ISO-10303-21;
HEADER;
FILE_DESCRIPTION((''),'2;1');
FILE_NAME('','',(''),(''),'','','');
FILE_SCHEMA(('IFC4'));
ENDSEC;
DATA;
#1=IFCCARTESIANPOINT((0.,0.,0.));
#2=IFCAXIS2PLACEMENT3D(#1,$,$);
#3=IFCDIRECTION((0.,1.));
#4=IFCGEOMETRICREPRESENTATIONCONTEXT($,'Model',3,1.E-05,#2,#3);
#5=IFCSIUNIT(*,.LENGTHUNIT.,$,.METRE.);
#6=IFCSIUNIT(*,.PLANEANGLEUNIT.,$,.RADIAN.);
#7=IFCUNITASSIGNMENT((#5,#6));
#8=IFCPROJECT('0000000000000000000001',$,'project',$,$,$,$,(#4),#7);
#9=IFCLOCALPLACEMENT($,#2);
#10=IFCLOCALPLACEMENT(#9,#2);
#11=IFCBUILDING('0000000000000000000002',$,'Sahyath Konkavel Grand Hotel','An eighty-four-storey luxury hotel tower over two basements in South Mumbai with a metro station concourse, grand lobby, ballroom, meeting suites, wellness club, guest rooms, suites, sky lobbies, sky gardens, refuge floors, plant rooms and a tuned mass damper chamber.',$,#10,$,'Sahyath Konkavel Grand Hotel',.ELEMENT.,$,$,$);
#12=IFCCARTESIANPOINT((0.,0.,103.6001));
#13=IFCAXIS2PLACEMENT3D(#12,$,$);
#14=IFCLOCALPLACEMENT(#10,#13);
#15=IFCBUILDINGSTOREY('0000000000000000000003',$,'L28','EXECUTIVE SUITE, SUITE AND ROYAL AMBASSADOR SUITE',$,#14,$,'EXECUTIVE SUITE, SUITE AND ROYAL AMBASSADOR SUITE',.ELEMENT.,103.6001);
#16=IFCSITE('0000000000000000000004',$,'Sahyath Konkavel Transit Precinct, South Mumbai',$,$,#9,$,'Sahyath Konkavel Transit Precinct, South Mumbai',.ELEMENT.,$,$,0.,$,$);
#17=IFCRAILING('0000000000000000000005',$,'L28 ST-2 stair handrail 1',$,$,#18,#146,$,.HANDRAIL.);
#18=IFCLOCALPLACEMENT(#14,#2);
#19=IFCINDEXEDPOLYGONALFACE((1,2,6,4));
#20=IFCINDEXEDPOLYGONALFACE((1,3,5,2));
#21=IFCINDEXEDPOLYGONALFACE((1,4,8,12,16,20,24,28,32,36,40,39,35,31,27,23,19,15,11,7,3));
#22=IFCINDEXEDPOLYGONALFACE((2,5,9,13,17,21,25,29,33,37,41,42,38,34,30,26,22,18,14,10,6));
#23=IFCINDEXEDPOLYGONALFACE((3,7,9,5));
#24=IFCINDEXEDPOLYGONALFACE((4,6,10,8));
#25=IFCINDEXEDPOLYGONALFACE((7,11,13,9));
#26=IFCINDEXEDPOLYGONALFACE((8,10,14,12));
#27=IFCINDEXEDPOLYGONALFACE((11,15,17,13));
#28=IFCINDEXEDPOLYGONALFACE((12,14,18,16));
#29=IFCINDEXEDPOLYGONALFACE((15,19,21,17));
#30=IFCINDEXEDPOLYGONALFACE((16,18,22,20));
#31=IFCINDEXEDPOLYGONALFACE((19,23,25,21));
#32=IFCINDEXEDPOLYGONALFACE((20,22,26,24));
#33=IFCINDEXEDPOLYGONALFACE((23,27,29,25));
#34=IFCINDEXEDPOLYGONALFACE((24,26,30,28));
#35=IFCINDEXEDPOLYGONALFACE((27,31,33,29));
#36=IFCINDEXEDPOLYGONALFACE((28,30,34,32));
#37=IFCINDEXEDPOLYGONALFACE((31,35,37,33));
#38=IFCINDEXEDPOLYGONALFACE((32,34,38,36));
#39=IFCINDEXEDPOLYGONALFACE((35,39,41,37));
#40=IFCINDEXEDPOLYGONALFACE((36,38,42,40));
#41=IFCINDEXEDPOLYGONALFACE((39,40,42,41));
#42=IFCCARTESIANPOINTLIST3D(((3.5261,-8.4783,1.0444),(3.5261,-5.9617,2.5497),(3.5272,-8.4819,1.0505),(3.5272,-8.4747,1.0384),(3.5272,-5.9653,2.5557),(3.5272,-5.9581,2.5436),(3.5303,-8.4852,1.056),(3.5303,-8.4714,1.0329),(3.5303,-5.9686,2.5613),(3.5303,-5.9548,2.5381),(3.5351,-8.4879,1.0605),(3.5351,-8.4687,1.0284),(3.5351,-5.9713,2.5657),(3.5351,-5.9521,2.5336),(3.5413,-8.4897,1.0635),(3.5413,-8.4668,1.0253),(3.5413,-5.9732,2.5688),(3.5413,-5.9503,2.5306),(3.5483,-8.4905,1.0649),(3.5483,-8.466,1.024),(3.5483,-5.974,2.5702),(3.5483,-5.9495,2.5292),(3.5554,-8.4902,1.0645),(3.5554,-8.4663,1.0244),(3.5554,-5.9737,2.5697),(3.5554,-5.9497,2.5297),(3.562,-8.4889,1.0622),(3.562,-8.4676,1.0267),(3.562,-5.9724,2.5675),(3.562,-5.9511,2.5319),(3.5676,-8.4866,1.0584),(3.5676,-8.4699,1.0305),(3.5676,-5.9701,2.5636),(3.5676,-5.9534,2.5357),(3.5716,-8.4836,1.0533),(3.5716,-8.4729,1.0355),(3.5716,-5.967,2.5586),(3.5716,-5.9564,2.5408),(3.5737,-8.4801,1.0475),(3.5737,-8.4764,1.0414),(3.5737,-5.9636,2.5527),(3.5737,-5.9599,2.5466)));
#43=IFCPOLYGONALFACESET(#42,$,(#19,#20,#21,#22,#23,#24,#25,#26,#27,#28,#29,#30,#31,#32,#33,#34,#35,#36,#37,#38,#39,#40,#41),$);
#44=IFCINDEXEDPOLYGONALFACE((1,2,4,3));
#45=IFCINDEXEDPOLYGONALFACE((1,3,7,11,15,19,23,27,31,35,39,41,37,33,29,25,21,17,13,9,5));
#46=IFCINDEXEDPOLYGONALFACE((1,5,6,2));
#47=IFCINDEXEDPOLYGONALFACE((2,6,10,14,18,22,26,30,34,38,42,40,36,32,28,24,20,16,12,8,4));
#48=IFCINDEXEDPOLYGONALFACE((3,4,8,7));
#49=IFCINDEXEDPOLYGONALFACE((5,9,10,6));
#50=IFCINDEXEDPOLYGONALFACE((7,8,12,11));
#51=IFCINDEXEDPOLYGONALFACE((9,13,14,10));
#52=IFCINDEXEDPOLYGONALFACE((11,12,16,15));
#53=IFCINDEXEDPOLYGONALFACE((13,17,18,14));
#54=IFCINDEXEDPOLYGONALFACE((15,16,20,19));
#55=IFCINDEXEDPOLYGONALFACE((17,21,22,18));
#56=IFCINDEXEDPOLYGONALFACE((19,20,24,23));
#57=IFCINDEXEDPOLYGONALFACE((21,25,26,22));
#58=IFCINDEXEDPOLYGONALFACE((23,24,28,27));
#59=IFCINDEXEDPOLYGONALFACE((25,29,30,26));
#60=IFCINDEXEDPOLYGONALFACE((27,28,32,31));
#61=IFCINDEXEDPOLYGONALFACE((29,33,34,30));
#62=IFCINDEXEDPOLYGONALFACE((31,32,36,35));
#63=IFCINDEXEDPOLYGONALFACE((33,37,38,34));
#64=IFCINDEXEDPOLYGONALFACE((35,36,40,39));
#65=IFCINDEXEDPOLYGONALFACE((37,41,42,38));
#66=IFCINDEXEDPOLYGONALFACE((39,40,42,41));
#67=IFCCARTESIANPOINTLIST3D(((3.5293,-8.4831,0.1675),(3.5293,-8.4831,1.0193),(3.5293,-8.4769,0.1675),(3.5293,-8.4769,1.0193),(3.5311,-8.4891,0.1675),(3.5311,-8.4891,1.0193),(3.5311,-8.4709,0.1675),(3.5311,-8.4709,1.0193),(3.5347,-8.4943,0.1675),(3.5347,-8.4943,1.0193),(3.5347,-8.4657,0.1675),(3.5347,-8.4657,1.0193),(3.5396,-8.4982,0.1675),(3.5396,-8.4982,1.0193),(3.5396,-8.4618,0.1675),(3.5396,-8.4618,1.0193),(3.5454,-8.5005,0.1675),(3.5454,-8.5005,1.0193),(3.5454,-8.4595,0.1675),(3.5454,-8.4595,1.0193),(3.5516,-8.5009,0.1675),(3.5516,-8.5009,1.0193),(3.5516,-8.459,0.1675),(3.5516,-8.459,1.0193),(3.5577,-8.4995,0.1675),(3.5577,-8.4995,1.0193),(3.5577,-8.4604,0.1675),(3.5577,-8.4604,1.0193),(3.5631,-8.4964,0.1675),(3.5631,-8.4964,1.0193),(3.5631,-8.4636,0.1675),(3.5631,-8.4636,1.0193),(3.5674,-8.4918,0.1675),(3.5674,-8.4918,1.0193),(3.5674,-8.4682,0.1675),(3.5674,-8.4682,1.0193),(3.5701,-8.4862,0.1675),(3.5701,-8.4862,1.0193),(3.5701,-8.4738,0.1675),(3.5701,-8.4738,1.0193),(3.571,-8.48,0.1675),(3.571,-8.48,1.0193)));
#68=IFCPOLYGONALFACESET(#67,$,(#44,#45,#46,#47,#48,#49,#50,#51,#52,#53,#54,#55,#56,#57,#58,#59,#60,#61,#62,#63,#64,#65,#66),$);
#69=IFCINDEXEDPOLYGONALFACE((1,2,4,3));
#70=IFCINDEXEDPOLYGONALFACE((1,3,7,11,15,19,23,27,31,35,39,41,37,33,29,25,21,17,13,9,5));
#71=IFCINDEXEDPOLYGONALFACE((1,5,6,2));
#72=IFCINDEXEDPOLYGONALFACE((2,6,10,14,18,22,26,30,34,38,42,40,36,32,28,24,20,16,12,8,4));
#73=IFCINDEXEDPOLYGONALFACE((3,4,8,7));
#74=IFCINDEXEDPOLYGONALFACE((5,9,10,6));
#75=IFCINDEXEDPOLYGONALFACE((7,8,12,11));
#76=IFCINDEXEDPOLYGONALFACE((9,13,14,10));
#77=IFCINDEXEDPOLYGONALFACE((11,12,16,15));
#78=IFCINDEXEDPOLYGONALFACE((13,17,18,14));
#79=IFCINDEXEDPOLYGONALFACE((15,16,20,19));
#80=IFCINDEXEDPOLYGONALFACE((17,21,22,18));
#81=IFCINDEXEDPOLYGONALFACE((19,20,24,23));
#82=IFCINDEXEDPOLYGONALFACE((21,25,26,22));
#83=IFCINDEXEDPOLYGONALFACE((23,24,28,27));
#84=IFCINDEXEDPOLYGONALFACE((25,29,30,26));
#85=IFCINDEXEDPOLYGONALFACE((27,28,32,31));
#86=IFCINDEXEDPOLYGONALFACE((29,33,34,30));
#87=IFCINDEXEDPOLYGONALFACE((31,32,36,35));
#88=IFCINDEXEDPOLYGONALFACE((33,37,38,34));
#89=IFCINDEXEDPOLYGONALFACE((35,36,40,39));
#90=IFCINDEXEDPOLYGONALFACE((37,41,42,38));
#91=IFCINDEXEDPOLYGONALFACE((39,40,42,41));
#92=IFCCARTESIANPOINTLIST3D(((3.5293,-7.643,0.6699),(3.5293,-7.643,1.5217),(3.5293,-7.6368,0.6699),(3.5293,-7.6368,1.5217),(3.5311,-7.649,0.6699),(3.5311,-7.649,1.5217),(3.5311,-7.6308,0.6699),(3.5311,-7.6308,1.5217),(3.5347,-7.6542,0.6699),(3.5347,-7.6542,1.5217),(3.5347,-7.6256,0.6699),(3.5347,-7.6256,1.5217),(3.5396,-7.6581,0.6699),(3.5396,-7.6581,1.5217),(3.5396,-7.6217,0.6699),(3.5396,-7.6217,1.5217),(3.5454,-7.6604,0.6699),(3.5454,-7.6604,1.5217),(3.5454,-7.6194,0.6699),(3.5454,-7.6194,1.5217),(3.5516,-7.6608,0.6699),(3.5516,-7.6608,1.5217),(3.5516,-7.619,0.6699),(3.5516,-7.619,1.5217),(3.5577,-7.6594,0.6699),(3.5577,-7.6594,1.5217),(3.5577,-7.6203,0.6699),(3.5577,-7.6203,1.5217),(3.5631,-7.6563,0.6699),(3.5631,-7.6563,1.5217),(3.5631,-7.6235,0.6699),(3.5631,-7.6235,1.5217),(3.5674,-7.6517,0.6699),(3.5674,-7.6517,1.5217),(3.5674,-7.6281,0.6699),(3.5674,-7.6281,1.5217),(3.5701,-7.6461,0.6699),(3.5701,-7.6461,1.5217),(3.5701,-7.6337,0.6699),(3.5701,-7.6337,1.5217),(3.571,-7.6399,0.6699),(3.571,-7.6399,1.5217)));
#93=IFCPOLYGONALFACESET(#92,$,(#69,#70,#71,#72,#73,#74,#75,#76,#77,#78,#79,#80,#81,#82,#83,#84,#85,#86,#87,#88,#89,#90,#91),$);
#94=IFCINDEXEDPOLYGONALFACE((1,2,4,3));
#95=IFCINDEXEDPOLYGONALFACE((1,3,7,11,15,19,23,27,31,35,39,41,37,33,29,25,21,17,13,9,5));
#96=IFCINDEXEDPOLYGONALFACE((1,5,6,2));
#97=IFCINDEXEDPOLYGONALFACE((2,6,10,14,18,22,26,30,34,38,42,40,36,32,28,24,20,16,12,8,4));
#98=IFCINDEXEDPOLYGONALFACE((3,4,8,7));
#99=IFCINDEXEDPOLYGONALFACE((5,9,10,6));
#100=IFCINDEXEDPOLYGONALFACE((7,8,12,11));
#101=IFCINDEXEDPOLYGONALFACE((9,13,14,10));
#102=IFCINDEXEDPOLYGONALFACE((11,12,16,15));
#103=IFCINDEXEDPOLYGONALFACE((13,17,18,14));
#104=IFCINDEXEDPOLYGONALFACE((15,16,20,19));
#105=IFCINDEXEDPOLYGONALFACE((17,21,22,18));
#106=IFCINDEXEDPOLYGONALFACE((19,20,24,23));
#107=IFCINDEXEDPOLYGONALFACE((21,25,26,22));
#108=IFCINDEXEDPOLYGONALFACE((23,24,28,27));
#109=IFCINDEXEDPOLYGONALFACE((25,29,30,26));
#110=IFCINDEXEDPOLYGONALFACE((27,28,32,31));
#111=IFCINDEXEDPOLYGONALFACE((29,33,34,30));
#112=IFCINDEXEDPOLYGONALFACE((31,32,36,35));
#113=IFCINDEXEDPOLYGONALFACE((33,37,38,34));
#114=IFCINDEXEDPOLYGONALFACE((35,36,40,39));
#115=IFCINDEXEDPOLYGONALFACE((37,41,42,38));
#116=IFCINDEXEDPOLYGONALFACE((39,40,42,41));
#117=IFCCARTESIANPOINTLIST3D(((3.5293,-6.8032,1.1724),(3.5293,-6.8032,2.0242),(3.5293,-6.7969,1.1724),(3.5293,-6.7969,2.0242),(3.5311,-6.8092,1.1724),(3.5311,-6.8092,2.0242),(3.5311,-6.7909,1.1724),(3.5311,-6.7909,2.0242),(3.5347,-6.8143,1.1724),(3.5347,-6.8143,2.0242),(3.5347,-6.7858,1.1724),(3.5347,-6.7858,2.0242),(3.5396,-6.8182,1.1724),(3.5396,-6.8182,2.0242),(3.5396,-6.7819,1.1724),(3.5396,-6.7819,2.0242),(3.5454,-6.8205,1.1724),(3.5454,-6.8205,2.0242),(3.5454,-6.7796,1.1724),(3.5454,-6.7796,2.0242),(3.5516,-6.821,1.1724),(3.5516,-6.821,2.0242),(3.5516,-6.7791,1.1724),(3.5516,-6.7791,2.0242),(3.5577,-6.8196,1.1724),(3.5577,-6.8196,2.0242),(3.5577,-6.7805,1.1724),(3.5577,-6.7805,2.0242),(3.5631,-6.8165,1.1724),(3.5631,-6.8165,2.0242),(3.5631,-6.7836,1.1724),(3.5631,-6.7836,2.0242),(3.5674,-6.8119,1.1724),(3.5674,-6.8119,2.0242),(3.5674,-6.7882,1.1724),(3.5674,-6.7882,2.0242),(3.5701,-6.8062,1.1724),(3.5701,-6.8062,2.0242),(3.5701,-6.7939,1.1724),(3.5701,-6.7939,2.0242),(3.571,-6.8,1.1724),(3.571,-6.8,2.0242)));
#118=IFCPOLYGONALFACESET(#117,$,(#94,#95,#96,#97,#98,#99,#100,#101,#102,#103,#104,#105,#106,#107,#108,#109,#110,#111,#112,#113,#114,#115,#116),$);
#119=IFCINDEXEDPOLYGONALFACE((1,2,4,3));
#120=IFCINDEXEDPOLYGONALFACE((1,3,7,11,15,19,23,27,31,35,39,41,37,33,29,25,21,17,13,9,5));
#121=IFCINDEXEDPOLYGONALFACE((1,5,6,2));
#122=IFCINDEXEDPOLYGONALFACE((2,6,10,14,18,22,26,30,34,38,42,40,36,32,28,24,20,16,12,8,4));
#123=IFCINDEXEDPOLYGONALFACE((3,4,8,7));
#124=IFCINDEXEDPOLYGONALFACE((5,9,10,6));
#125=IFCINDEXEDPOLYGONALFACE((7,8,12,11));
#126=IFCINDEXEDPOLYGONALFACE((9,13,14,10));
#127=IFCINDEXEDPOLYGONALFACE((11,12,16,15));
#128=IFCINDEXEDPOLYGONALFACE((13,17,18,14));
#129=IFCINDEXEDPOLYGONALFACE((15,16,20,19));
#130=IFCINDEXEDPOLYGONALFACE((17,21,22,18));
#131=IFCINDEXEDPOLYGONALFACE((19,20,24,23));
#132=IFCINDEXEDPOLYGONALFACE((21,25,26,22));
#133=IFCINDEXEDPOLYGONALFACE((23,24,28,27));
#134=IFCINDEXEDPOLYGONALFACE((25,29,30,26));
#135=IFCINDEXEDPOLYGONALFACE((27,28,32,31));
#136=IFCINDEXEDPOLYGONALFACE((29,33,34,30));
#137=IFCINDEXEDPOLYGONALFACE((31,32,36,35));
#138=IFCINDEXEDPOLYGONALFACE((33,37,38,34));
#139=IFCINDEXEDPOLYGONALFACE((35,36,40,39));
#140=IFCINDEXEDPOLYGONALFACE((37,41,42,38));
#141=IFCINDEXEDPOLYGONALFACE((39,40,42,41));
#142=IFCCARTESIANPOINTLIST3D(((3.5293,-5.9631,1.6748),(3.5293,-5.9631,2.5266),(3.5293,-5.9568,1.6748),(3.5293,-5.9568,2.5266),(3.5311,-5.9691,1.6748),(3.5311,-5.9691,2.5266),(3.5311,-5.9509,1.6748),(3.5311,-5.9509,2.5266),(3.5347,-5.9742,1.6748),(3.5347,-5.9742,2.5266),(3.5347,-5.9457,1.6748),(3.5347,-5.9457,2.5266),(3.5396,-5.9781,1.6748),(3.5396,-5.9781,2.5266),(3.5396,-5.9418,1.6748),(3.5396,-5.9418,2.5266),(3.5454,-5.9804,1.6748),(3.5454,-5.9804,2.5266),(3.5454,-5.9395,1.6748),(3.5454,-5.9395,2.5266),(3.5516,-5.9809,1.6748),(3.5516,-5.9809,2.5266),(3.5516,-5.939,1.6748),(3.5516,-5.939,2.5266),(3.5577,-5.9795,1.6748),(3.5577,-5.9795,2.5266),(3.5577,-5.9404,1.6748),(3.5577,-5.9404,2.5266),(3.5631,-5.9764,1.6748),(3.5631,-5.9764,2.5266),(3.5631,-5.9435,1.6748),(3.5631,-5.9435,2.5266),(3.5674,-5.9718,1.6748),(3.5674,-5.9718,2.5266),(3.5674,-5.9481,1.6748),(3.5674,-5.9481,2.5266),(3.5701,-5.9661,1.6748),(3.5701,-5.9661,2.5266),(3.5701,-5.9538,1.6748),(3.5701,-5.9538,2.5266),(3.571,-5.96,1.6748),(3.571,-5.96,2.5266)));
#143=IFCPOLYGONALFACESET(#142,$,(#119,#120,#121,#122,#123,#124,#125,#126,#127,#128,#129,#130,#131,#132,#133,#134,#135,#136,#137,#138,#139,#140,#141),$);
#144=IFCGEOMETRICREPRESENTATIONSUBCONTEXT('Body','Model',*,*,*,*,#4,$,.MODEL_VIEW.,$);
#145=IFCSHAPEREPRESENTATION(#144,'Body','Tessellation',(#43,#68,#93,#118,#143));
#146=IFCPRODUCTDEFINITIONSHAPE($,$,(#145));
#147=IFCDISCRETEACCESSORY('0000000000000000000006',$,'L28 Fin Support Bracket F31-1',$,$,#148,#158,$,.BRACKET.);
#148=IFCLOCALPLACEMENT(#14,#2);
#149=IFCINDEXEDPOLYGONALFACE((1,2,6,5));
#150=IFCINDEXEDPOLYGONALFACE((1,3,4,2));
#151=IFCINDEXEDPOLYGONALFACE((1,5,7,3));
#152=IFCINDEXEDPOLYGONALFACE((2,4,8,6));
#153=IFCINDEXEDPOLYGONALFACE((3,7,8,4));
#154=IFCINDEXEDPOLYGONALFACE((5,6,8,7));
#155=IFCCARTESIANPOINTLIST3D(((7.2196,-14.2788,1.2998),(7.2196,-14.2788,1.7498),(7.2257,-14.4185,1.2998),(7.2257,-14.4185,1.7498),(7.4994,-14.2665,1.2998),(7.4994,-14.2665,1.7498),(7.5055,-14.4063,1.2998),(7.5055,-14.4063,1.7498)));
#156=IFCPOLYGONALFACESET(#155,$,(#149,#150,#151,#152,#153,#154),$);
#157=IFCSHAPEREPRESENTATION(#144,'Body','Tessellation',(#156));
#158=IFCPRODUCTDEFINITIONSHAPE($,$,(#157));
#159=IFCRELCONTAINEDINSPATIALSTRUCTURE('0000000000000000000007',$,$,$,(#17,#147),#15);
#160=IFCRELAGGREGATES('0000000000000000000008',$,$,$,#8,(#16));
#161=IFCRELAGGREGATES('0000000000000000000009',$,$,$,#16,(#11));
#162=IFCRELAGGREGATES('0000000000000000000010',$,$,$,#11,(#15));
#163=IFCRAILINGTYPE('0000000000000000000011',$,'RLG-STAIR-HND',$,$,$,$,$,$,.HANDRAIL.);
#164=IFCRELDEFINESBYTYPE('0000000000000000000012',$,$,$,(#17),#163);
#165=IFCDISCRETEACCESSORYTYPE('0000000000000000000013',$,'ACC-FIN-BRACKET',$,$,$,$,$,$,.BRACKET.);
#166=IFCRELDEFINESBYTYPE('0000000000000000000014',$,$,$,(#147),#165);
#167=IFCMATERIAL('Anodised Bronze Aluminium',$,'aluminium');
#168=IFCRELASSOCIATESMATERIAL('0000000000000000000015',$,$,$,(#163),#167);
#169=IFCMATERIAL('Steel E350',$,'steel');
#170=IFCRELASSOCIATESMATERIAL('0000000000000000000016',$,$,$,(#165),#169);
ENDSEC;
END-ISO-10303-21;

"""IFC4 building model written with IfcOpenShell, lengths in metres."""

from ifc_helpers import new_model, si_unit, direction, frame, origin, origin_2d, place, context, subcontext, project, spatial, rectangle, circle, extrude, source, transform, mapped, material, type_object, element, save


model = new_model("IFC4")

# Units and contexts
model_context = context("Model", 3, precision=1e-05, world=origin(), true_north=direction((0.0, 1.0)))
body_context = subcontext(model_context, "Body", "Model", "MODEL_VIEW")
ifc_project = project(units=[si_unit("LENGTHUNIT", "METRE"), si_unit("PLANEANGLEUNIT", "RADIAN")], contexts=[model_context])

# Site, building, storey
site_placement = place(None, origin())
site = spatial("IfcSite", under=ifc_project, at=site_placement, Name="Sahyath Konkavel Transit Precinct, South Mumbai", LongName="Sahyath Konkavel Transit Precinct, South Mumbai", CompositionType="ELEMENT", RefElevation=0.0)
building_placement = place(site_placement, origin())
building = spatial("IfcBuilding", under=site, at=building_placement, Name="Sahyath Konkavel Grand Hotel", Description="An eighty-four-storey luxury hotel tower over two basements in South Mumbai with a metro station concourse, grand lobby, ballroom, meeting suites, wellness club, guest rooms, suites, sky lobbies, sky gardens, refuge floors, plant rooms and a tuned mass damper chamber.", LongName="Sahyath Konkavel Grand Hotel", CompositionType="ELEMENT")
storey_placement = place(building_placement, frame((0.0, 0.0, 103.6001)))
storey = spatial("IfcBuildingStorey", under=building, at=storey_placement, Name="L28", Description="EXECUTIVE SUITE, SUITE AND ROYAL AMBASSADOR SUITE", LongName="EXECUTIVE SUITE, SUITE AND ROYAL AMBASSADOR SUITE", CompositionType="ELEMENT", Elevation=103.6001)

# Shared definitions
ifc_material_1 = material(Name="Steel E350", Category="steel")

# Shared definitions
ifc_material_2 = material(Name="Anodised Bronze Aluminium", Category="aluminium")

# Railing
railing_type_1 = type_object("IfcRailingType", Name="RLG-STAIR-HND", PredefinedType="HANDRAIL", material=ifc_material_2)
railing_1_placement = place(storey_placement, frame((3.55, -8.48, 0.1675)))
element("IfcRailing", 1, at=railing_1_placement, inside=storey, type_object=railing_type_1, Name="L28 ST-2 stair handrail 1", PredefinedType="HANDRAIL", context=body_context, shape_type="SweptSolid", body=[
    extrude(circle(Radius=0.0239, at=origin_2d()), frame((0.0, 0.0017, 0.877), z_axis=(0.0, 0.858196, 0.513321), x_axis=(-1.0, 0.0, 0.0)), (0.0, 0.0, 1.0), 2.9324),
    extrude(circle(Radius=0.021, at=origin_2d()), origin(), (0.0, 0.0, 1.0), 0.8518),
    extrude(circle(Radius=0.021, at=origin_2d()), frame((0.0, 0.8401, 0.5024)), (0.0, 0.0, 1.0), 0.8518),
    extrude(circle(Radius=0.021, at=origin_2d()), frame((0.0, 1.6799, 1.0049)), (0.0, 0.0, 1.0), 0.8518),
    extrude(circle(Radius=0.021, at=origin_2d()), frame((0.0, 2.52, 1.5073)), (0.0, 0.0, 1.0), 0.8518),
])

# Discrete accessory
discrete_accessory_type = type_object("IfcDiscreteAccessoryType", Name="ACC-FIN-BRACKET", PredefinedType="BRACKET", material=ifc_material_1)
shared_shape_1 = source(origin(), body_context, "Body", "SweptSolid", [
    extrude(rectangle(XDim=0.28, YDim=0.1399, at=origin_2d()), origin(), (0.0, 0.0, 1.0), 0.45),
])
discrete_accessory_placement = place(storey_placement, frame((7.3625, -14.3425, 1.2998), z_axis=(0.0, 0.0, 1.0), x_axis=(0.999048, 0.043619, 0.0)))
element("IfcDiscreteAccessory", 2, at=discrete_accessory_placement, inside=storey, type_object=discrete_accessory_type, Name="L28 Fin Support Bracket F31-1", PredefinedType="BRACKET", context=body_context, shape_type="MappedRepresentation", body=[
    mapped(shared_shape_1, transform((0.0, 0.0, 0.0), scale=1.0)),
])

save(model, "model.ifc")
